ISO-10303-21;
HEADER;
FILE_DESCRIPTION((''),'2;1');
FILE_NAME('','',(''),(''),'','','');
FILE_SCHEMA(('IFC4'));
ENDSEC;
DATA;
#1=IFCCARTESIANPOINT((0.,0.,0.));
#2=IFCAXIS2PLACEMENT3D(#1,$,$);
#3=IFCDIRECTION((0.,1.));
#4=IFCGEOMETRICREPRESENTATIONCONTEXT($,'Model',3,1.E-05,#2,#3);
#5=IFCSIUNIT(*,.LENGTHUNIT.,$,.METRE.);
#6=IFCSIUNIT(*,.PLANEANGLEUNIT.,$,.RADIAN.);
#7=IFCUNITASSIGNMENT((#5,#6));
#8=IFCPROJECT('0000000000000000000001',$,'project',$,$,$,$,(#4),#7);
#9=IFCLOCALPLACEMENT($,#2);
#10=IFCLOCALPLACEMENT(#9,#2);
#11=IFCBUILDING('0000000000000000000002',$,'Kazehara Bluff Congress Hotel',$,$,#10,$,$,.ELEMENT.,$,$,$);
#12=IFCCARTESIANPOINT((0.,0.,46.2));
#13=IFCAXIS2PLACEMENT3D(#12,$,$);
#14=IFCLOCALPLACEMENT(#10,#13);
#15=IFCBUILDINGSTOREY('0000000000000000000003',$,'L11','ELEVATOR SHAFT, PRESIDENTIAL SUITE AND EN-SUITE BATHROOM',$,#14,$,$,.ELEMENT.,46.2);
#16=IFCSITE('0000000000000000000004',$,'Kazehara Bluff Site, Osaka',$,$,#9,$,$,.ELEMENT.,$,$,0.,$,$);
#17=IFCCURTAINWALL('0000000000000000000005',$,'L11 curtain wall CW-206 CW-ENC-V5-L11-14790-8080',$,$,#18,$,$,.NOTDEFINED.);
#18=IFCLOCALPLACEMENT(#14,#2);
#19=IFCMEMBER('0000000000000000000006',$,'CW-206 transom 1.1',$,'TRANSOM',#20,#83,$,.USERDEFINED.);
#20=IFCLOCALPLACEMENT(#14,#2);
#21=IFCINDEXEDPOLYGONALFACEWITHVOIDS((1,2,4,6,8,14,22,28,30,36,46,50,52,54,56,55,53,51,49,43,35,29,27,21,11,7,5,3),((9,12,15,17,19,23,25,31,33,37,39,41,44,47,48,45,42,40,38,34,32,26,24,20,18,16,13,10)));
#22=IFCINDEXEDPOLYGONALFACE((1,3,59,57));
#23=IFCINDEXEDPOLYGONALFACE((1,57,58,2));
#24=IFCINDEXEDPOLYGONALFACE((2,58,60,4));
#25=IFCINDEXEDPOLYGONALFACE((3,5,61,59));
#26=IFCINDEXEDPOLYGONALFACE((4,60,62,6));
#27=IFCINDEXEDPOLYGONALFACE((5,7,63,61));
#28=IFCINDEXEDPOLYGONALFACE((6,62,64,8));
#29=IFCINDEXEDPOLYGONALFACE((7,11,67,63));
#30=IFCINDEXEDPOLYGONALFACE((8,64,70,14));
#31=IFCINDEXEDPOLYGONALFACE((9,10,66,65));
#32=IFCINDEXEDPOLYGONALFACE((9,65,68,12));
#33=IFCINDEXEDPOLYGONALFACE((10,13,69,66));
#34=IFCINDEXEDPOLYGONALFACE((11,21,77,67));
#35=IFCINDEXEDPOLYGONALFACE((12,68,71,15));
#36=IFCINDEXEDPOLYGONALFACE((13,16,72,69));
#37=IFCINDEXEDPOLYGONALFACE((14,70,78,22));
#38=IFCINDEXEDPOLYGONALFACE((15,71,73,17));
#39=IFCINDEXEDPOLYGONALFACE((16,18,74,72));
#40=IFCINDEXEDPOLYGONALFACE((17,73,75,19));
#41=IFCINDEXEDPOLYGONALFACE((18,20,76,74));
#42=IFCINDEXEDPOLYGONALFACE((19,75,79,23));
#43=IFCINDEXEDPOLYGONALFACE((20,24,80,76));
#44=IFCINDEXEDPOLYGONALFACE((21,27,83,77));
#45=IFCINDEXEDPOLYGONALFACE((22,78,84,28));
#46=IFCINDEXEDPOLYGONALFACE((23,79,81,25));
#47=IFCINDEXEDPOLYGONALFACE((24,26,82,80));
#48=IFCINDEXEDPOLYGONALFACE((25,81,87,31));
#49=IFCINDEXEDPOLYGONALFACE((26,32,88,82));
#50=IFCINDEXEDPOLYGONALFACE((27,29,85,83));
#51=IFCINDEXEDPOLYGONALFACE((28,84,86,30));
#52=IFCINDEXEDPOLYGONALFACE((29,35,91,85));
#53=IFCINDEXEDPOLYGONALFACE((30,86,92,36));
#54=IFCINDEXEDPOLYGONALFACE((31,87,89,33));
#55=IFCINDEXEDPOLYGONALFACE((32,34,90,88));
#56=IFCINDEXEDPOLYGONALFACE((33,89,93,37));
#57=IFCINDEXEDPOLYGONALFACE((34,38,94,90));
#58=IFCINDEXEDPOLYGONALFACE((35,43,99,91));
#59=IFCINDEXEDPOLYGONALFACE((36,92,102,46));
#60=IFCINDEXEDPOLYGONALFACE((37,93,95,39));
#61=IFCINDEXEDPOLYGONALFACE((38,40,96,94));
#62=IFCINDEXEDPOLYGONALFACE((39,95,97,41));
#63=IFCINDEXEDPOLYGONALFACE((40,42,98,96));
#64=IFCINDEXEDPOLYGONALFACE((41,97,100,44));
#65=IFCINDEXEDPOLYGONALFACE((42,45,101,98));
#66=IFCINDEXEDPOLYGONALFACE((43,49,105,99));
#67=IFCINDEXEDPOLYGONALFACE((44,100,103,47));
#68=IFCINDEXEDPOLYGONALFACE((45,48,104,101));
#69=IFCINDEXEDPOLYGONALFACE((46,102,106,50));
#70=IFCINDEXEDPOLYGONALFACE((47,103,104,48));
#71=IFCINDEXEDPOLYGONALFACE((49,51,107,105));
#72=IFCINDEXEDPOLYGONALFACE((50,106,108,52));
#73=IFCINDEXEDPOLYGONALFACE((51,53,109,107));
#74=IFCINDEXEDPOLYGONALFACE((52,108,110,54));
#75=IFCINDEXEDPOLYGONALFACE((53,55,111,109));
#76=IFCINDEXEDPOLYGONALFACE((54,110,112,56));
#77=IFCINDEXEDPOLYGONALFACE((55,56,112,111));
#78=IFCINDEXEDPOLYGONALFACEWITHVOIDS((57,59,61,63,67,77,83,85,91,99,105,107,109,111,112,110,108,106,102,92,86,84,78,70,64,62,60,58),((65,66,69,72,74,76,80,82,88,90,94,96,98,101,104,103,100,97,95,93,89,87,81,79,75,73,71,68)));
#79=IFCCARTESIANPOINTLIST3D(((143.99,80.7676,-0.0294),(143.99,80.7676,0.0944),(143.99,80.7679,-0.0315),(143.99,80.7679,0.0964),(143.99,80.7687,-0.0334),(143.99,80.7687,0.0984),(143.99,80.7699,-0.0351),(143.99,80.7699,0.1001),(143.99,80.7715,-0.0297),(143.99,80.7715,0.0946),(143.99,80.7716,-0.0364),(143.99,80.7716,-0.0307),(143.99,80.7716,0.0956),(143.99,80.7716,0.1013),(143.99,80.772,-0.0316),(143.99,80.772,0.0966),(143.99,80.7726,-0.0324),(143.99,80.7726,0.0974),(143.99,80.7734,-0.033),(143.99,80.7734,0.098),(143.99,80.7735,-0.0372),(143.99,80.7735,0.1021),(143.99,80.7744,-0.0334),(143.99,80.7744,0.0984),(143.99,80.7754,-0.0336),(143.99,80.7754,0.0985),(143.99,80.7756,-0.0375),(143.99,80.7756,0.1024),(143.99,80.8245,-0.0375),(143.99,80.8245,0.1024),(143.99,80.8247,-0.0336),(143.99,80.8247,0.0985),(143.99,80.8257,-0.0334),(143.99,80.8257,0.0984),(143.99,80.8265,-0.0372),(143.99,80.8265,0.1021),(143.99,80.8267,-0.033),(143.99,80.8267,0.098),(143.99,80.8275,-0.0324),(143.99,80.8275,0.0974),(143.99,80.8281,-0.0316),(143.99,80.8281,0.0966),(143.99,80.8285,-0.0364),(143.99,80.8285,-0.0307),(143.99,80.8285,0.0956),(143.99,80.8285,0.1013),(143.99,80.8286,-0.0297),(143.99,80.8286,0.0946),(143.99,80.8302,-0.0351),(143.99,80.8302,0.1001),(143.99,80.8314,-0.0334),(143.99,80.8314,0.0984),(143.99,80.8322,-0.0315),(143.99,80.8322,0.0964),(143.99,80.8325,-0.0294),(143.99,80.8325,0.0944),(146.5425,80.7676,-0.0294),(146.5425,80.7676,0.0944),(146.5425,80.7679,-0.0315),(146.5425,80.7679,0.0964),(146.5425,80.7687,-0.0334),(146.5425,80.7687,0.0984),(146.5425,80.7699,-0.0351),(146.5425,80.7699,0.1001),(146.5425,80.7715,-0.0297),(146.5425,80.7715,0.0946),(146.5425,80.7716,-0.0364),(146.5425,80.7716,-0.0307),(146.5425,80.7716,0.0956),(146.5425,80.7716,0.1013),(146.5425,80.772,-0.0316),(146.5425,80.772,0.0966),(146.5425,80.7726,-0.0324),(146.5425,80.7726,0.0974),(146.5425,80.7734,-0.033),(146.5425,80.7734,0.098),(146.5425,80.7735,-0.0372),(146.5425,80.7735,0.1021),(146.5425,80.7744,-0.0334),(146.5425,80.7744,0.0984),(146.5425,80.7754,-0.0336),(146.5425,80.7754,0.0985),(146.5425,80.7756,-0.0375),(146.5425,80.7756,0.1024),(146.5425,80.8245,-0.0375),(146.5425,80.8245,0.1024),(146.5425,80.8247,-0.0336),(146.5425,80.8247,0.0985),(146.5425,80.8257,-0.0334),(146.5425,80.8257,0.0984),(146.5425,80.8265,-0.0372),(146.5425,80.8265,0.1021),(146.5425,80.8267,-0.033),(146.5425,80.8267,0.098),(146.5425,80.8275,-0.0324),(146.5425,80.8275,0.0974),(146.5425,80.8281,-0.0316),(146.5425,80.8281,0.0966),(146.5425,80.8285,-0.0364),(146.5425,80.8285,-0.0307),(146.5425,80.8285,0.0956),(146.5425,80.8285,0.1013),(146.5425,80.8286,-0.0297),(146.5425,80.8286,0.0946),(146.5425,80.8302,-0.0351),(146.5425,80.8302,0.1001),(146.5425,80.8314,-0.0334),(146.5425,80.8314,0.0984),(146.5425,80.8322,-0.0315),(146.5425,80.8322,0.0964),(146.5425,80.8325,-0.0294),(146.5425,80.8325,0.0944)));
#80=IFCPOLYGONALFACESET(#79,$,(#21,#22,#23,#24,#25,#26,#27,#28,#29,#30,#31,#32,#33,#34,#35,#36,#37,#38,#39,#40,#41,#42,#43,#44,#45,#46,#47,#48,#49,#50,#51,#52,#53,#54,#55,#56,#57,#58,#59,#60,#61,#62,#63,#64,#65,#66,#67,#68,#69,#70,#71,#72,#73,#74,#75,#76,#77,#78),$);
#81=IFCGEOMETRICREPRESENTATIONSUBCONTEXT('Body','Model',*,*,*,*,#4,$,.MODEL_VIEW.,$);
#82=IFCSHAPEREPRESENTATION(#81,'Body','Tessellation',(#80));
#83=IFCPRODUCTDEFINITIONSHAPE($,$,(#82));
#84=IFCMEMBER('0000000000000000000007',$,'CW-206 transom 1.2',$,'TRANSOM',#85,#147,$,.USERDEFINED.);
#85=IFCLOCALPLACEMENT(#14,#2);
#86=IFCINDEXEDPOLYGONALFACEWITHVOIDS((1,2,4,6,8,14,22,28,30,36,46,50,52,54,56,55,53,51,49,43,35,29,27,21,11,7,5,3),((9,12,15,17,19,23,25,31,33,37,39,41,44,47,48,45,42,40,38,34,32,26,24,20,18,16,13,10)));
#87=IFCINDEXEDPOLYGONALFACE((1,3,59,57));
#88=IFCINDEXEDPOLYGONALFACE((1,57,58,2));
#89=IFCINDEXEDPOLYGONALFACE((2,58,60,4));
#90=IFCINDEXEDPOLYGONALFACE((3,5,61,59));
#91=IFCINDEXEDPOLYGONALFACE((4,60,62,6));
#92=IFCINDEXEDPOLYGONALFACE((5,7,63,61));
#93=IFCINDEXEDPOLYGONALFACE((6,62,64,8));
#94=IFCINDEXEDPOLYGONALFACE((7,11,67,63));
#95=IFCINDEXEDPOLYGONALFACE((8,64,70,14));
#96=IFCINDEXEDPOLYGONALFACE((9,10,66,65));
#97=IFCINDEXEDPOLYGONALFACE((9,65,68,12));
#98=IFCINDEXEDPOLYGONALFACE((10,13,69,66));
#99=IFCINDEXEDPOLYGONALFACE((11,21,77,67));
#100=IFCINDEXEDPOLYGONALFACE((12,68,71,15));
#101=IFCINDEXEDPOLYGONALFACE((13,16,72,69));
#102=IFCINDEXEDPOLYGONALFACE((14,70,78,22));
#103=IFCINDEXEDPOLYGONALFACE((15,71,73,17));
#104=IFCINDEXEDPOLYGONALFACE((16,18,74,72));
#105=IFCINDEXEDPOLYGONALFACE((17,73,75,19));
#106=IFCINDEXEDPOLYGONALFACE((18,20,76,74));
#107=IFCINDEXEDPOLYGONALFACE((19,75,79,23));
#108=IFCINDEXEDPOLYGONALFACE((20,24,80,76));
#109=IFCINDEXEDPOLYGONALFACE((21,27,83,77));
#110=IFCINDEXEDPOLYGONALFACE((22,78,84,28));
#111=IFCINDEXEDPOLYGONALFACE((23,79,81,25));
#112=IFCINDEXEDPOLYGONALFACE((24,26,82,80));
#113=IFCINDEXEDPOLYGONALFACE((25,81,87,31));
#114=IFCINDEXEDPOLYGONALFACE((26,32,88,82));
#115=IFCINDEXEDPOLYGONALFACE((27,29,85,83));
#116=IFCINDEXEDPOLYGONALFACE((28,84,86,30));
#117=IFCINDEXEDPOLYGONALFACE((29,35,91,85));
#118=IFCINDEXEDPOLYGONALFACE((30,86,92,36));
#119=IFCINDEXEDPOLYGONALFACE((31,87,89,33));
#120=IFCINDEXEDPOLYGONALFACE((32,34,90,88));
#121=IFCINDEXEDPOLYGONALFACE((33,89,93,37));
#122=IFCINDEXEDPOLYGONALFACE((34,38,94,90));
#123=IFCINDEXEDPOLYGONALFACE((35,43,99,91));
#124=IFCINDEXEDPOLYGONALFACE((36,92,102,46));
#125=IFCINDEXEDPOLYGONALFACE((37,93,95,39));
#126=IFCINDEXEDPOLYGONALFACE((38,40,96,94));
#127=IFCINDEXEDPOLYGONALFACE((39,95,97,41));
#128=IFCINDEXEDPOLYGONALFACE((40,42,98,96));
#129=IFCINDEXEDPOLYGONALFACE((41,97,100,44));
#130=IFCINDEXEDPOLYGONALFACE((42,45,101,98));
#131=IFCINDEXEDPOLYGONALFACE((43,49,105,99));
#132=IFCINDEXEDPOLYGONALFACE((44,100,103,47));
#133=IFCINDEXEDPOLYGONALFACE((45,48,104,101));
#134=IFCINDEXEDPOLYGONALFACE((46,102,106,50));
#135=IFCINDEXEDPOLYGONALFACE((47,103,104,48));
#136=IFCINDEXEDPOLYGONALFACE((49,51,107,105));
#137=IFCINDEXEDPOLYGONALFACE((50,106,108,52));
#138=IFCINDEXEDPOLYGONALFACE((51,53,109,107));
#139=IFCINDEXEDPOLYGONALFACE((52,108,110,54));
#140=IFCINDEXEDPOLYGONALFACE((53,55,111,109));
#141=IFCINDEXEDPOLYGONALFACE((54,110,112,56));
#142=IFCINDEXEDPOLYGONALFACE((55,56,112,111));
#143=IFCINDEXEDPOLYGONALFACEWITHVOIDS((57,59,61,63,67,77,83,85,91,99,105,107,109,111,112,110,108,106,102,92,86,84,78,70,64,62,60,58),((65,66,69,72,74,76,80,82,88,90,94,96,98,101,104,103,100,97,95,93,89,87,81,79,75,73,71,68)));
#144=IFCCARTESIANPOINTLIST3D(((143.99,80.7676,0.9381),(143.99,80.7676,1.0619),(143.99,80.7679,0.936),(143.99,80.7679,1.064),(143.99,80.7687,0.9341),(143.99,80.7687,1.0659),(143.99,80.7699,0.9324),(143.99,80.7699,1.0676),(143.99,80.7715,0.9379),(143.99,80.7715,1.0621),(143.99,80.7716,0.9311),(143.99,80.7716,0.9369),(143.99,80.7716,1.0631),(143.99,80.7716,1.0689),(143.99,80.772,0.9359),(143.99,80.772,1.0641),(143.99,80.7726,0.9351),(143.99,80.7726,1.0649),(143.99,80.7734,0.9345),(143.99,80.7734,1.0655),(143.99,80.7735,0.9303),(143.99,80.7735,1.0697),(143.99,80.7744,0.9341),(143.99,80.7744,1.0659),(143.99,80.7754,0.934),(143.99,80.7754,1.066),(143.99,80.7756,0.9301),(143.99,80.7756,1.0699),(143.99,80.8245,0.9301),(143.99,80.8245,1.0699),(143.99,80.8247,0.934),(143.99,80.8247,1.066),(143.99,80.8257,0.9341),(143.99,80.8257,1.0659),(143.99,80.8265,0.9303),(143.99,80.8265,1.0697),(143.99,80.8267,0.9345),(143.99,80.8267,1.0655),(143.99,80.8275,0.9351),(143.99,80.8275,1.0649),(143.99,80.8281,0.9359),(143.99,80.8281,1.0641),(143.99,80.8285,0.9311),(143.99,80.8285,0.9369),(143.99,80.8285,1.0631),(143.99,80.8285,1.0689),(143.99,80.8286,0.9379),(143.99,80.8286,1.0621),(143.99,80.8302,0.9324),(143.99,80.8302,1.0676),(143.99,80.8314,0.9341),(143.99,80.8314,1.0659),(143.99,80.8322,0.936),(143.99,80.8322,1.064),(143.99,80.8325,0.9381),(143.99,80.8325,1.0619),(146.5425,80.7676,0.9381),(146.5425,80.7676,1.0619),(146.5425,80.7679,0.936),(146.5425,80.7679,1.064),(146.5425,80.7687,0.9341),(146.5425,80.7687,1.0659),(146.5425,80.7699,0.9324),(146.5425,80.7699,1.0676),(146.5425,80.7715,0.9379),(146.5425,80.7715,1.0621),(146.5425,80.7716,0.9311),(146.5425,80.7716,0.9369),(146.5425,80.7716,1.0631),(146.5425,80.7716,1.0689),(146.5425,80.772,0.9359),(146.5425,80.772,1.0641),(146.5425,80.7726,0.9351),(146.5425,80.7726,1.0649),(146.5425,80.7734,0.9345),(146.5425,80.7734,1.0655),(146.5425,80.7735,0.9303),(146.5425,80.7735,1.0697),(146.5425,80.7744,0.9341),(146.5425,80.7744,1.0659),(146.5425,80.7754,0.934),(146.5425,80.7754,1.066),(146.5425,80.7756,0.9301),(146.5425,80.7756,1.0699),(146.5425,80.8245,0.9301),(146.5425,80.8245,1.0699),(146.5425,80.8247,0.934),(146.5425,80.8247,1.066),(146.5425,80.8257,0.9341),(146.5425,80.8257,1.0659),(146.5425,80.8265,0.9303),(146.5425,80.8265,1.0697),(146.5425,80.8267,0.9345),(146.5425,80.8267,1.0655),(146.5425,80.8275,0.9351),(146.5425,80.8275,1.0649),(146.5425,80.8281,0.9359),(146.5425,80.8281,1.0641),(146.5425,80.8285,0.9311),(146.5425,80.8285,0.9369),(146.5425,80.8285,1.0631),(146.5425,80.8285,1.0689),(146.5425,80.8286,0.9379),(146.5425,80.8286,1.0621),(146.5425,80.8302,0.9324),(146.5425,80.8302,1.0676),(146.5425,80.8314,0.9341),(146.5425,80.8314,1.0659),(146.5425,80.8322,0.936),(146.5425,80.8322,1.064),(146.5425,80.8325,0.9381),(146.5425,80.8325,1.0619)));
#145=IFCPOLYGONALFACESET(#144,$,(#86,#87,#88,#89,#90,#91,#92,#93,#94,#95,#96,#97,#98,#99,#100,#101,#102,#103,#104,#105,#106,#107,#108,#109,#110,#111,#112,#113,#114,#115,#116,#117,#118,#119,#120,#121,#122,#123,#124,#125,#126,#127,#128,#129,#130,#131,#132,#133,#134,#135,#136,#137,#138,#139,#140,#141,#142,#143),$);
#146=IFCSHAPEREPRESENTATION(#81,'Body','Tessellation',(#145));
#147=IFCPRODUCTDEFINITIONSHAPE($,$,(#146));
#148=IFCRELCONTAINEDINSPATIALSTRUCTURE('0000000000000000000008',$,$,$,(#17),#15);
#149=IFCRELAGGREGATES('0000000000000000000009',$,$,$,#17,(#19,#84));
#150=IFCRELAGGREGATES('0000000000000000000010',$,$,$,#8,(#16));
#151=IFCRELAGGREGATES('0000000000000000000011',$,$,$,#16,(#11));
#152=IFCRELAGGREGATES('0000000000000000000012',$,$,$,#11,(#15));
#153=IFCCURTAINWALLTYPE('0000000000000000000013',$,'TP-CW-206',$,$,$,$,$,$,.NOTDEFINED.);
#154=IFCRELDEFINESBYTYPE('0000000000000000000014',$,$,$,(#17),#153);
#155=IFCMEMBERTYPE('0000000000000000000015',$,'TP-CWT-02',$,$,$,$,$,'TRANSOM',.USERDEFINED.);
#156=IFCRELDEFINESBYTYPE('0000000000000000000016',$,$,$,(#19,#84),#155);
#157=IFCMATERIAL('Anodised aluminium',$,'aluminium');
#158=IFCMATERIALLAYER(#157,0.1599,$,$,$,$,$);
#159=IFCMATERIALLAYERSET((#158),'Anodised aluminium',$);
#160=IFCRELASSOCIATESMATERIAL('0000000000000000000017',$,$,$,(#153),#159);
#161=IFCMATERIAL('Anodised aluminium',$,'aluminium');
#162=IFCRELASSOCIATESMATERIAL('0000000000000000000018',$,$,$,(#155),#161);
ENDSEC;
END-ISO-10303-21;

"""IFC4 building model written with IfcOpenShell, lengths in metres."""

from ifc_helpers import new_model, si_unit, direction, frame, origin, origin_2d, place, context, subcontext, project, spatial, hollow_rectangle, extrude, material, layer, layer_set, material_profile, profile_set, type_object, element, aggregate, save


model = new_model("IFC4")

# Units and contexts
model_context = context("Model", 3, precision=1e-05, world=origin(), true_north=direction((0.0, 1.0)))
body_context = subcontext(model_context, "Body", "Model", "MODEL_VIEW")
ifc_project = project(units=[si_unit("LENGTHUNIT", "METRE"), si_unit("PLANEANGLEUNIT", "RADIAN")], contexts=[model_context])

# Site, building, storey
site_placement = place(None, origin())
site = spatial("IfcSite", under=ifc_project, at=site_placement, Name="Kazehara Bluff Site, Osaka", CompositionType="ELEMENT", RefElevation=0.0)
building_placement = place(site_placement, origin())
building = spatial("IfcBuilding", under=site, at=building_placement, Name="Kazehara Bluff Congress Hotel", CompositionType="ELEMENT")
storey_placement = place(building_placement, frame((0.0, 0.0, 46.2)))
storey = spatial("IfcBuildingStorey", under=building, at=storey_placement, Name="L11", Description="ELEVATOR SHAFT, PRESIDENTIAL SUITE AND EN-SUITE BATHROOM", CompositionType="ELEMENT", Elevation=46.2)

# Curtain wall, members
ifc_material_1 = material(Name="Anodised aluminium", Category="aluminium")
ifc_layer_1 = layer(ifc_material_1, 0.1599)
ifc_layer_set_1 = layer_set([ifc_layer_1], Name="Anodised aluminium")
curtain_wall_type = type_object("IfcCurtainWallType", Name="TP-CW-206", PredefinedType="NOTDEFINED", material=ifc_layer_set_1)
curtain_wall_placement = place(storey_placement, origin())
curtain_wall = element("IfcCurtainWall", 1, at=curtain_wall_placement, inside=storey, type_object=curtain_wall_type, Name="L11 curtain wall CW-206 CW-ENC-V5-L11-14790-8080", PredefinedType="NOTDEFINED")
ifc_material_2 = material(Name="Anodised aluminium", Category="aluminium")
ifc_material_profile_1 = material_profile(ifc_material_2, hollow_rectangle(XDim=0.0649, YDim=0.1399, WallThickness=0.0039, InnerFilletRadius=0.0039, OuterFilletRadius=0.0081, at=origin_2d()))
ifc_profile_set_1 = profile_set([ifc_material_profile_1], Name="Anodised aluminium")
member_type_1 = type_object("IfcMemberType", Name="TP-CWT-02", ElementType="TRANSOM", PredefinedType="USERDEFINED", material=ifc_profile_set_1)
member_1_placement = place(storey_placement, frame((143.99, 80.8, 0.0325), z_axis=(1.0, 0.0, 0.0), x_axis=(0.0, 1.0, 0.0)))
member_1 = element("IfcMember", 2, at=member_1_placement, type_object=member_type_1, Name="CW-206 transom 1.1", ObjectType="TRANSOM", PredefinedType="USERDEFINED", context=body_context, shape_type="SweptSolid", body=[
    extrude(hollow_rectangle(XDim=0.0649, YDim=0.1399, WallThickness=0.0039, InnerFilletRadius=0.0039, OuterFilletRadius=0.0081, at=origin_2d()), origin(), (0.0, 0.0, 1.0), 2.5525),
])
member_2_placement = place(storey_placement, frame((143.99, 80.8, 1.0), z_axis=(1.0, 0.0, 0.0), x_axis=(0.0, 1.0, 0.0)))
member_2 = element("IfcMember", 3, at=member_2_placement, type_object=member_type_1, Name="CW-206 transom 1.2", ObjectType="TRANSOM", PredefinedType="USERDEFINED", context=body_context, shape_type="SweptSolid", body=[
    extrude(hollow_rectangle(XDim=0.0649, YDim=0.1399, WallThickness=0.0039, InnerFilletRadius=0.0039, OuterFilletRadius=0.0081, at=origin_2d()), origin(), (0.0, 0.0, 1.0), 2.5525),
])

aggregate(curtain_wall, [member_1, member_2])

save(model, "model.ifc")
